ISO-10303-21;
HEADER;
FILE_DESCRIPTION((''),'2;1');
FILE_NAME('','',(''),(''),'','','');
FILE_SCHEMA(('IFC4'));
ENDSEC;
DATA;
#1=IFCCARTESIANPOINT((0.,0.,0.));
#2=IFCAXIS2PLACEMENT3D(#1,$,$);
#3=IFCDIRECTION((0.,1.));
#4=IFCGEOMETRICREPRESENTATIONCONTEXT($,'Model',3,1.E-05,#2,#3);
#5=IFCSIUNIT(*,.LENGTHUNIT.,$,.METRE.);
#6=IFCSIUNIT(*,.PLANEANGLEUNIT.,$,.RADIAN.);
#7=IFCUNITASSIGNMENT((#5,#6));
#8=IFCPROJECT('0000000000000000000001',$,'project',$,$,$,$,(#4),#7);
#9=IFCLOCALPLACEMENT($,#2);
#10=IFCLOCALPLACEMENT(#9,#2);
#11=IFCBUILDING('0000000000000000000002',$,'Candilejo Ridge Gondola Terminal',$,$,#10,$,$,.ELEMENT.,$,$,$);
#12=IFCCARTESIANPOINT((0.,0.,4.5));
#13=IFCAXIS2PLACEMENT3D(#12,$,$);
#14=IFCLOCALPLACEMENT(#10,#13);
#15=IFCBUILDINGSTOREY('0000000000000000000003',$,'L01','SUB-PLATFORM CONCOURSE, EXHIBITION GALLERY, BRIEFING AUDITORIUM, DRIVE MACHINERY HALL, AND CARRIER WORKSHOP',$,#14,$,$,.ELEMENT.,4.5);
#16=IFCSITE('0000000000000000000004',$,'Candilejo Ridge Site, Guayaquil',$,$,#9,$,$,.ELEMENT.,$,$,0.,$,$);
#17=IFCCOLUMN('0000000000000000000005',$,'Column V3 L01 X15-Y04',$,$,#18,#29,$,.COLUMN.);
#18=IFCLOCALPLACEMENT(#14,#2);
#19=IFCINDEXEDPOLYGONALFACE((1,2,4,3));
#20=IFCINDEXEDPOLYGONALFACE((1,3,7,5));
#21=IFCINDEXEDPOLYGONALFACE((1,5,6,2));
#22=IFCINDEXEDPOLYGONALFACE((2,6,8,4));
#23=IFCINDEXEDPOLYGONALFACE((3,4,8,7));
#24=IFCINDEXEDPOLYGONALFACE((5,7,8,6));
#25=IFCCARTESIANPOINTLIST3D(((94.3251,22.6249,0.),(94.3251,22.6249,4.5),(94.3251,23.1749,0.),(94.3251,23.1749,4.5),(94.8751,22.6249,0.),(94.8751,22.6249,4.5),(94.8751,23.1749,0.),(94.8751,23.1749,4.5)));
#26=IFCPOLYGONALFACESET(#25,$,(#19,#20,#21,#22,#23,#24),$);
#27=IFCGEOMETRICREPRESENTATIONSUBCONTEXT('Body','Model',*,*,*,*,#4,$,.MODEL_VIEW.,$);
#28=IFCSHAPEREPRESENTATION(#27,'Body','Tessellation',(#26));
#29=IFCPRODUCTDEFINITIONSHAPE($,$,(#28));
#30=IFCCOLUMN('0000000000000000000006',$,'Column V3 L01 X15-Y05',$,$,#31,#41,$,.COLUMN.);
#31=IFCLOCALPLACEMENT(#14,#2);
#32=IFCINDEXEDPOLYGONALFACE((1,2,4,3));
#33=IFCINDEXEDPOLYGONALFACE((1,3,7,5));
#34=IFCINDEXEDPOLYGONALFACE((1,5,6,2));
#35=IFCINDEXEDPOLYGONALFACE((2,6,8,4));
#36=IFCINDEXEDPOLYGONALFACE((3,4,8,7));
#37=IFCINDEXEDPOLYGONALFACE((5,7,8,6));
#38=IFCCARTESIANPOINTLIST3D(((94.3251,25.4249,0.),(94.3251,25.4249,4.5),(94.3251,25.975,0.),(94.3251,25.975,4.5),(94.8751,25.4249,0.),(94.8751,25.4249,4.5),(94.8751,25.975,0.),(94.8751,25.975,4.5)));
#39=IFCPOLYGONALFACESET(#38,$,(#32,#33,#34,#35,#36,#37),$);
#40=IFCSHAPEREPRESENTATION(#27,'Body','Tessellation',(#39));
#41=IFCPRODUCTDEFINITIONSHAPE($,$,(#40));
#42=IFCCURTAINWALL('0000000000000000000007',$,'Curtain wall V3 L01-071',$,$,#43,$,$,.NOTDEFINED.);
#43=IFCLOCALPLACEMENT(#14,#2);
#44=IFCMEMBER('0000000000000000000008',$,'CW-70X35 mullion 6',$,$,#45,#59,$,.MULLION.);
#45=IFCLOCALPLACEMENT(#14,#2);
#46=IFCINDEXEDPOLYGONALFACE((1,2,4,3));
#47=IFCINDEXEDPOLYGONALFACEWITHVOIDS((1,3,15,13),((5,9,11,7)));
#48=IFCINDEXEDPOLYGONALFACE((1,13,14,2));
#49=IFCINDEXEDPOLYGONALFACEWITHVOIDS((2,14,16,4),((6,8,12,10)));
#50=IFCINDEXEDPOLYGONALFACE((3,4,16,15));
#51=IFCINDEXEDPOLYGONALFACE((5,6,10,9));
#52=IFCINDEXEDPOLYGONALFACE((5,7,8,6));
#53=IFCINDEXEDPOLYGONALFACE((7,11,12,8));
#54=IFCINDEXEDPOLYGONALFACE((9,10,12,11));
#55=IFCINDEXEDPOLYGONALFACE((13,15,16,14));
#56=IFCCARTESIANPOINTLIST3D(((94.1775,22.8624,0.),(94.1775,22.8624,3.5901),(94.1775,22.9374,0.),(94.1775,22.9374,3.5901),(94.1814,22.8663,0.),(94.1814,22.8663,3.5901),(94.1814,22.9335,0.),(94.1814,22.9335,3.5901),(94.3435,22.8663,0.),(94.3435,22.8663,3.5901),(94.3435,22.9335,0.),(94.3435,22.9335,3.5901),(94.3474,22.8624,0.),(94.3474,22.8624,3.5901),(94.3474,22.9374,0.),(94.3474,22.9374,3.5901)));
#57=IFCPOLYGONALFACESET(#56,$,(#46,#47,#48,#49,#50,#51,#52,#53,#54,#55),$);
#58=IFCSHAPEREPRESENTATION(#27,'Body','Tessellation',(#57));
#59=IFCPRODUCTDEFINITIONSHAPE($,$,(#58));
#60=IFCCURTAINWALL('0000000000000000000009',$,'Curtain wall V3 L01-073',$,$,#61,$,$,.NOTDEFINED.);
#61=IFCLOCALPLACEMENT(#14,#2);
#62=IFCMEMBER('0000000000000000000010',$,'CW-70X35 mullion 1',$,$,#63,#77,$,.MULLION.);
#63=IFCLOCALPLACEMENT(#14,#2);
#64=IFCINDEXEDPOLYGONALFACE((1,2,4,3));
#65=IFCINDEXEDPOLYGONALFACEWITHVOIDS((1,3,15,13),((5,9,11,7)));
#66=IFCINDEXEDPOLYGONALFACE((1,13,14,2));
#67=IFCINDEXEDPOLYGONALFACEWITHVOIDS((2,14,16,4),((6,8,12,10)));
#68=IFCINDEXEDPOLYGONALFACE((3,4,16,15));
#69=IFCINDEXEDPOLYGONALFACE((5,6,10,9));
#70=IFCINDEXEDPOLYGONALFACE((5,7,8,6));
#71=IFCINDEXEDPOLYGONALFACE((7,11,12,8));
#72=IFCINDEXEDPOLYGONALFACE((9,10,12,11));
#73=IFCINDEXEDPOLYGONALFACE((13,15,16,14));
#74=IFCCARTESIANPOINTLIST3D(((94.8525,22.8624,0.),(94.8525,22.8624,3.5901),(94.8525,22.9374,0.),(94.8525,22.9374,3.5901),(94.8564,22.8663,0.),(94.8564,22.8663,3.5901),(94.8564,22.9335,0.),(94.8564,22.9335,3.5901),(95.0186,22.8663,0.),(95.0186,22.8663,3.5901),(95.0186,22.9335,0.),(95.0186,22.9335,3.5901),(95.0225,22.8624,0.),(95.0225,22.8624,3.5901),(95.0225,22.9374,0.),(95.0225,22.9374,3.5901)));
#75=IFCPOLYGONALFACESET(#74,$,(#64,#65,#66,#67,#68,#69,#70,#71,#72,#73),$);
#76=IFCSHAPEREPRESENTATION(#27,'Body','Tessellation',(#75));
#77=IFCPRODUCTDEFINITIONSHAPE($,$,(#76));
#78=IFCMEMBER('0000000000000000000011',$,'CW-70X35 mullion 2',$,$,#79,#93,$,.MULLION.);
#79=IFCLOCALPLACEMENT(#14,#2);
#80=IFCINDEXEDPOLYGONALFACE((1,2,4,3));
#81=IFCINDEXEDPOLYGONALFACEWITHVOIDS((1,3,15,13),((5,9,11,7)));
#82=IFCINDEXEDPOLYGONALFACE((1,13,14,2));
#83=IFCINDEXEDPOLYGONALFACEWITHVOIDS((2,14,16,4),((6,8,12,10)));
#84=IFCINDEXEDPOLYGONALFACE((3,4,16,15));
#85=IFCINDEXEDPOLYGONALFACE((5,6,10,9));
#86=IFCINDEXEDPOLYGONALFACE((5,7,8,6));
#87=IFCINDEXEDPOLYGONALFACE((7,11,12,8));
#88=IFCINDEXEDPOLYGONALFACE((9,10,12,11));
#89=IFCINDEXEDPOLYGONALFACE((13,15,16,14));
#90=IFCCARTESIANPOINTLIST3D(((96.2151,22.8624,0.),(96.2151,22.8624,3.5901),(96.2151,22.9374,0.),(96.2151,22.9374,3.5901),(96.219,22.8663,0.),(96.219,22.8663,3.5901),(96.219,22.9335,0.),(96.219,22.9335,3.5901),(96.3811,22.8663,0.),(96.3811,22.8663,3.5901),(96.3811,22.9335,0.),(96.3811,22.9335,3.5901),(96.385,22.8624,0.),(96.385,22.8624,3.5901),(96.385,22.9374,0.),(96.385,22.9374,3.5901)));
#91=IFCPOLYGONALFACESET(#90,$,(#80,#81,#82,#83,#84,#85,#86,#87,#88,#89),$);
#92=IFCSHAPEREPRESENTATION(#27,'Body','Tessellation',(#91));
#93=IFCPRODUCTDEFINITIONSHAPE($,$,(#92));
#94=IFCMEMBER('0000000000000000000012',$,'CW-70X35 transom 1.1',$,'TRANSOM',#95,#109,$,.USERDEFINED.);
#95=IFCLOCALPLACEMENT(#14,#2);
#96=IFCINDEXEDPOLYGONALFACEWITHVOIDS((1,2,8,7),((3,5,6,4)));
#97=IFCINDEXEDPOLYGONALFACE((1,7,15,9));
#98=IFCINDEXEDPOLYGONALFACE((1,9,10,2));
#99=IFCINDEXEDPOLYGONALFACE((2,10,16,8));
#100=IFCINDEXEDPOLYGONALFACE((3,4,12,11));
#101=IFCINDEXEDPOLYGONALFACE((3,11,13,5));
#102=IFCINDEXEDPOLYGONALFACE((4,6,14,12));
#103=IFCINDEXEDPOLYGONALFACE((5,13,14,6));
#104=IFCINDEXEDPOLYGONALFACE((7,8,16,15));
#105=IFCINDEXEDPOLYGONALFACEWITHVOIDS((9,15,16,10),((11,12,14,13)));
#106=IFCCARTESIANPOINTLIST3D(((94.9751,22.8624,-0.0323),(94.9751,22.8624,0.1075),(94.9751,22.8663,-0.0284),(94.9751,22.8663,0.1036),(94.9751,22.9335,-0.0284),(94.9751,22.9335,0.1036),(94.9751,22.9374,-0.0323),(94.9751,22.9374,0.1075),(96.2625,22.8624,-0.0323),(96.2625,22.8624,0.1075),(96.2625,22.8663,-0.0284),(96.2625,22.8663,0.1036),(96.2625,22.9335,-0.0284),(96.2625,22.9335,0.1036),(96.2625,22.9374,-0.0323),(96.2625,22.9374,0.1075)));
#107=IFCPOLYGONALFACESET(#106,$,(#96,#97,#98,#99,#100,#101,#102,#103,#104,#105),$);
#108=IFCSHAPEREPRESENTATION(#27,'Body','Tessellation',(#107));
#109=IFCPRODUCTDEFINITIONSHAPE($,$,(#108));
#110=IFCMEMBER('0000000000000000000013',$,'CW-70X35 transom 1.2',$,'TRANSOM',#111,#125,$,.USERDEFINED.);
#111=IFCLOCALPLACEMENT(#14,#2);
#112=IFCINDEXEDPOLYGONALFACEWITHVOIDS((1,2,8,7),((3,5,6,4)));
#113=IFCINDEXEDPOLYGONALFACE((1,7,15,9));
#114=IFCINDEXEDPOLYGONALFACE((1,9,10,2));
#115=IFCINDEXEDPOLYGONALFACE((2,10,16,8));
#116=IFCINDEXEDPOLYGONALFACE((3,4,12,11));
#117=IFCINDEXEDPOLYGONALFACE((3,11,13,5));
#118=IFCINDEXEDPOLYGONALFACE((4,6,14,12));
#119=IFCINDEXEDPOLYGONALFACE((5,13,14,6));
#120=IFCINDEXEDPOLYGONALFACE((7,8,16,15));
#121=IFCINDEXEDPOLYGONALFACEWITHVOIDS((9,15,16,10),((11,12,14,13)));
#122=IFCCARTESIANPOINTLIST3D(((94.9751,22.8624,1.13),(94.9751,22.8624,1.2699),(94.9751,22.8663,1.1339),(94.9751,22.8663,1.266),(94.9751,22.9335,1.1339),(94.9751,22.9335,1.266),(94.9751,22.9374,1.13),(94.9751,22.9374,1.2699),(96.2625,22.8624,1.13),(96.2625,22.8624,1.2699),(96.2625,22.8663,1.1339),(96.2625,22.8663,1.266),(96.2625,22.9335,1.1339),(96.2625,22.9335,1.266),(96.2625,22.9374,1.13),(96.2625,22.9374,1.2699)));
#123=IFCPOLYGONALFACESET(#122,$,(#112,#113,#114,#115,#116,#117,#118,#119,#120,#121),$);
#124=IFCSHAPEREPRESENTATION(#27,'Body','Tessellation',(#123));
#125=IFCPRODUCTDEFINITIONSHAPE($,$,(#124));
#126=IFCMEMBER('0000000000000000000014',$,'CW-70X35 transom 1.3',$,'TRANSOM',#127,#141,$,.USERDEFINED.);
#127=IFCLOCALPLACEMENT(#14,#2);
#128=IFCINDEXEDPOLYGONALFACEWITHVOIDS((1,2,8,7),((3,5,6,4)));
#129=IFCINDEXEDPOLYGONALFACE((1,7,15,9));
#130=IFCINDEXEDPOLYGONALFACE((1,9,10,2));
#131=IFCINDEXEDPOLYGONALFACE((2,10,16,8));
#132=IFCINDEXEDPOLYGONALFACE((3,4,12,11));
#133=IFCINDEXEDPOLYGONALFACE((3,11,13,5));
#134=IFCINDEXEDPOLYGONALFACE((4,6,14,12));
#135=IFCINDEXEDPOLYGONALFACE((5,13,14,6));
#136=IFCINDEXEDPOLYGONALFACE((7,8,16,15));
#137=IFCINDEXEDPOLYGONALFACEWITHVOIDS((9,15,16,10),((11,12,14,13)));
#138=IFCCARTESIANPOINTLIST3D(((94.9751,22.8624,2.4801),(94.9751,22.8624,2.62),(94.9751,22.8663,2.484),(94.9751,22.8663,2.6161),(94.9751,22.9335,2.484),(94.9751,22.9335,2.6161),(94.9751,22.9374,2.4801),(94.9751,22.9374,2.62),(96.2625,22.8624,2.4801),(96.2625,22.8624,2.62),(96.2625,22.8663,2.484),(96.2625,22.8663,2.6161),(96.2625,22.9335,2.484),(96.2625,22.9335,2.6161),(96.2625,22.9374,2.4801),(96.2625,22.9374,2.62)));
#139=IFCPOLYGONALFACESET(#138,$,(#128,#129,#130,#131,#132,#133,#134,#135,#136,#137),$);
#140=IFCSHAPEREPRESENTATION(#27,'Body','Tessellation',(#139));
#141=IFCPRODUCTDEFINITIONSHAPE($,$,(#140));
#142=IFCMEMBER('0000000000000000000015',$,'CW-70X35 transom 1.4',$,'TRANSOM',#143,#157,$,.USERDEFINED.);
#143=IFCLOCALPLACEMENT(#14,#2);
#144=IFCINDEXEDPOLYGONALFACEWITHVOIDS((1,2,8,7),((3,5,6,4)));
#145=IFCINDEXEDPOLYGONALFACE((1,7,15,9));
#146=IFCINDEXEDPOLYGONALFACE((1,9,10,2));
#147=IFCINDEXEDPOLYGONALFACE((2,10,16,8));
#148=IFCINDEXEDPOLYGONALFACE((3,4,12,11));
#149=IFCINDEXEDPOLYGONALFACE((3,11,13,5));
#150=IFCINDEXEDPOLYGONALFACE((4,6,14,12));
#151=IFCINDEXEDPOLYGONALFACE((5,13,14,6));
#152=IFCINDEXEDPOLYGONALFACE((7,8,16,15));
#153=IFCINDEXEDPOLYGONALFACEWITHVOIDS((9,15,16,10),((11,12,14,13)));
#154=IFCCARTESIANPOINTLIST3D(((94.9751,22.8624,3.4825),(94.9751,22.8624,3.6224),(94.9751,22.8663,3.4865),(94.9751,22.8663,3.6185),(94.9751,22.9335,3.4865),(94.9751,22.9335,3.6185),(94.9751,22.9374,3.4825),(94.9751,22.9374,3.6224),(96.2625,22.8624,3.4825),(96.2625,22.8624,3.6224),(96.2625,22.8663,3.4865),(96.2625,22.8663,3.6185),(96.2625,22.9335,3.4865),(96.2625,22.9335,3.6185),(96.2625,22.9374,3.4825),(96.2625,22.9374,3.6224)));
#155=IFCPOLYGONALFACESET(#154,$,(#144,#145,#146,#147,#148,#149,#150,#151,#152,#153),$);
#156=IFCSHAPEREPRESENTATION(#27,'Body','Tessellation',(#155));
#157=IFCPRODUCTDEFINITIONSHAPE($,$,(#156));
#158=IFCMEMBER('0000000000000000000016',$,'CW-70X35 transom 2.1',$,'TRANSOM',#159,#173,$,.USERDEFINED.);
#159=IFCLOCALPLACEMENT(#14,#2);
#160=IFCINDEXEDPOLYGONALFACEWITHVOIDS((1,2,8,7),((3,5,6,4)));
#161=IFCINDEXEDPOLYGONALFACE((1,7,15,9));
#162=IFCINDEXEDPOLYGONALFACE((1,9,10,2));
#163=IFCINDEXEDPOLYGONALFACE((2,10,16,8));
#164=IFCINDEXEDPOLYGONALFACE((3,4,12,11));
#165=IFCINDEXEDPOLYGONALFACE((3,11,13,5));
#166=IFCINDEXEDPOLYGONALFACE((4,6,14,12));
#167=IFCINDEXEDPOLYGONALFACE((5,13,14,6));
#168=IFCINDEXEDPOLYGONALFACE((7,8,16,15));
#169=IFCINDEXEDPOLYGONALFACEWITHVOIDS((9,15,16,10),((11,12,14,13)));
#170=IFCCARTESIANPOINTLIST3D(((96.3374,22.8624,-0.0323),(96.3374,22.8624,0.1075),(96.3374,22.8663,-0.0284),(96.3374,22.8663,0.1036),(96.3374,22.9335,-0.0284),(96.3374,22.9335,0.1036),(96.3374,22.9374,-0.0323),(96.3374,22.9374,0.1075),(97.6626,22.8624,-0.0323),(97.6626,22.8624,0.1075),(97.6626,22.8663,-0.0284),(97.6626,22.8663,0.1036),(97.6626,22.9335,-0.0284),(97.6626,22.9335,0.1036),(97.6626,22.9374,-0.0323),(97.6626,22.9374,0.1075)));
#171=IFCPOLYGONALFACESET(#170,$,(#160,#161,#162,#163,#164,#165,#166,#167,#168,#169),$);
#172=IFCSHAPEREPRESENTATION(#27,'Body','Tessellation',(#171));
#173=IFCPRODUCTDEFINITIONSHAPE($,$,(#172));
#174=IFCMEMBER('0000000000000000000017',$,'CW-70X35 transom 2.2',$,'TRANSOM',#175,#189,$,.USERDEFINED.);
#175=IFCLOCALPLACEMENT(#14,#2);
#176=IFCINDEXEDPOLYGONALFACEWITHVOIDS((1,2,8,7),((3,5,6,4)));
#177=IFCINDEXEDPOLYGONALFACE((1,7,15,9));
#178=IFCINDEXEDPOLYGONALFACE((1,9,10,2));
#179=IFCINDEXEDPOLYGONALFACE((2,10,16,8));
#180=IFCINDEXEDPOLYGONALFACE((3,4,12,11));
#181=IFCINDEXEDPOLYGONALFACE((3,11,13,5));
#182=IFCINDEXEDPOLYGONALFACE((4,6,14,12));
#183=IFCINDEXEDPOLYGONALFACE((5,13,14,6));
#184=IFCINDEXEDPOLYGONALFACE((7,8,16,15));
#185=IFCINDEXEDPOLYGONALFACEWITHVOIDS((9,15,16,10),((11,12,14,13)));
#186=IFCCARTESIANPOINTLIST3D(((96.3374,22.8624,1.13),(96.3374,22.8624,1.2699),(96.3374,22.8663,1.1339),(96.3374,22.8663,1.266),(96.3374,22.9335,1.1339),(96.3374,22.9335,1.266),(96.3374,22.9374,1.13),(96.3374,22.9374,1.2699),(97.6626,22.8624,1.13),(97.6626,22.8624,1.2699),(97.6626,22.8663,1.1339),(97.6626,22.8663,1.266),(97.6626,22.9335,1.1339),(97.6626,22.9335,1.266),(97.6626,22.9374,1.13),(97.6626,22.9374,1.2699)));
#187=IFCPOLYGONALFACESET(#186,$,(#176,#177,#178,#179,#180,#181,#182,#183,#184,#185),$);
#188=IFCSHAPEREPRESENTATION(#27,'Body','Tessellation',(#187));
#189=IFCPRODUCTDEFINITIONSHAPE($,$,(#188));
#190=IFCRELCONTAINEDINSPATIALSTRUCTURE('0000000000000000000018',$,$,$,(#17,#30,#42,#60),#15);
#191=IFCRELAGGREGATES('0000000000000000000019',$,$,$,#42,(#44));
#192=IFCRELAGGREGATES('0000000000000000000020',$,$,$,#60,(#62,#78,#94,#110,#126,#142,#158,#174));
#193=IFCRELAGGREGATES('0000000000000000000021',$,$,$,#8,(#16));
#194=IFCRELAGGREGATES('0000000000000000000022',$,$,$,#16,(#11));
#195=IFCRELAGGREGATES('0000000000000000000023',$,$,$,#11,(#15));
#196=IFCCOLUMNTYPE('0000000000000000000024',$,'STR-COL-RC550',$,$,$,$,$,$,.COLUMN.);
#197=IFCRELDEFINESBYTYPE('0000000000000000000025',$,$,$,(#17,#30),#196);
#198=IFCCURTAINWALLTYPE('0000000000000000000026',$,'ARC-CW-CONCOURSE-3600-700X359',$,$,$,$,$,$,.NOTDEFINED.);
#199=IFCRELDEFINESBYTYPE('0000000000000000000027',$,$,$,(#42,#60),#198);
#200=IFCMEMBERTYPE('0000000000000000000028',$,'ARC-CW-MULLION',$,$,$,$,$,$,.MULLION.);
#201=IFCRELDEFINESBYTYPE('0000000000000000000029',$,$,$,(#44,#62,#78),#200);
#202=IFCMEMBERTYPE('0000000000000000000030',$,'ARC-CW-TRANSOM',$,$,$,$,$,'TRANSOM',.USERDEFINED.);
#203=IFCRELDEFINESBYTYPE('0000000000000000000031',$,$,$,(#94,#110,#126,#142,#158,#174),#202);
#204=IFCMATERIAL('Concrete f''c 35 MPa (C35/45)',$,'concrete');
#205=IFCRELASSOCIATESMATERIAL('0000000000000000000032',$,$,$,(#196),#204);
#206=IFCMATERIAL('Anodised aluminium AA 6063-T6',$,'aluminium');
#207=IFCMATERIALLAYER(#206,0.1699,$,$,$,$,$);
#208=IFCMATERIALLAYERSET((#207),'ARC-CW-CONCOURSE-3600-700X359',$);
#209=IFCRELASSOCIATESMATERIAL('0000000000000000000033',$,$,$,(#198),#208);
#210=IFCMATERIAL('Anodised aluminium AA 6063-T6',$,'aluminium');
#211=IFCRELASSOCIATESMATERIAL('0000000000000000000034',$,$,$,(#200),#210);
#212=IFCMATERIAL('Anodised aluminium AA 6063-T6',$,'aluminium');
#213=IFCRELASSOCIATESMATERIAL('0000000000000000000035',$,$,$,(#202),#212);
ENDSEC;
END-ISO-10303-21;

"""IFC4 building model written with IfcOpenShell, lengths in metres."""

from ifc_helpers import new_model, si_unit, direction, frame, origin, origin_2d, place, context, subcontext, project, spatial, rectangle, hollow_rectangle, extrude, material, layer, layer_set, material_profile, profile_set, type_object, element, aggregate, save


model = new_model("IFC4")

# Units and contexts
model_context = context("Model", 3, precision=1e-05, world=origin(), true_north=direction((0.0, 1.0)))
body_context = subcontext(model_context, "Body", "Model", "MODEL_VIEW")
ifc_project = project(units=[si_unit("LENGTHUNIT", "METRE"), si_unit("PLANEANGLEUNIT", "RADIAN")], contexts=[model_context])

# Site, building, storey
site_placement = place(None, origin())
site = spatial("IfcSite", under=ifc_project, at=site_placement, Name="Candilejo Ridge Site, Guayaquil", CompositionType="ELEMENT", RefElevation=0.0)
building_placement = place(site_placement, origin())
building = spatial("IfcBuilding", under=site, at=building_placement, Name="Candilejo Ridge Gondola Terminal", CompositionType="ELEMENT")
storey_placement = place(building_placement, frame((0.0, 0.0, 4.5)))
storey = spatial("IfcBuildingStorey", under=building, at=storey_placement, Name="L01", Description="SUB-PLATFORM CONCOURSE, EXHIBITION GALLERY, BRIEFING AUDITORIUM, DRIVE MACHINERY HALL, AND CARRIER WORKSHOP", CompositionType="ELEMENT", Elevation=4.5)

# Columns
ifc_material_1 = material(Name="Concrete f'c 35 MPa (C35/45)", Category="concrete")
ifc_material_profile_1 = material_profile(ifc_material_1, rectangle(XDim=0.55, YDim=0.55, at=origin_2d()))
ifc_profile_set_1 = profile_set([ifc_material_profile_1], Name="Concrete f'c 35 MPa (C35/45)")
column_type = type_object("IfcColumnType", Name="STR-COL-RC550", PredefinedType="COLUMN", material=ifc_profile_set_1)
for number, where, z_axis, x_axis, name in (
    (1, (94.6001, 22.8999, 0.0), (0.0, 0.0, 1.0), (1.0, 0.0, 0.0), "Column V3 L01 X15-Y04"),
    (2, (94.6001, 25.7, 0.0), (0.0, 0.0, 1.0), (1.0, 0.0, 0.0), "Column V3 L01 X15-Y05"),
):
    element("IfcColumn", number, at=place(storey_placement, frame(where, z_axis=z_axis, x_axis=x_axis)), inside=storey, type_object=column_type, Name=name, PredefinedType="COLUMN", context=body_context, shape_type="SweptSolid", body=[
        extrude(rectangle(XDim=0.55, YDim=0.55, at=origin_2d()), origin(), (0.0, 0.0, 1.0), 4.5),
    ])

# Curtain wall, member
ifc_material_2 = material(Name="Anodised aluminium AA 6063-T6", Category="aluminium")
ifc_layer_1 = layer(ifc_material_2, 0.1699)
ifc_layer_set_1 = layer_set([ifc_layer_1], Name="ARC-CW-CONCOURSE-3600-700X359")
curtain_wall_type = type_object("IfcCurtainWallType", Name="ARC-CW-CONCOURSE-3600-700X359", PredefinedType="NOTDEFINED", material=ifc_layer_set_1)
curtain_wall_1_placement = place(storey_placement, origin())
curtain_wall_1 = element("IfcCurtainWall", 3, at=curtain_wall_1_placement, inside=storey, type_object=curtain_wall_type, Name="Curtain wall V3 L01-071", PredefinedType="NOTDEFINED")
ifc_material_3 = material(Name="Anodised aluminium AA 6063-T6", Category="aluminium")
ifc_material_profile_2 = material_profile(ifc_material_3, hollow_rectangle(XDim=0.075, YDim=0.1699, WallThickness=0.0039, at=origin_2d()))
ifc_profile_set_2 = profile_set([ifc_material_profile_2], Name="Anodised aluminium AA 6063-T6")
member_type_1 = type_object("IfcMemberType", Name="ARC-CW-MULLION", PredefinedType="MULLION", material=ifc_profile_set_2)
member_1_placement = place(storey_placement, frame((94.2625, 22.8999, 0.0), z_axis=(0.0, 0.0, 1.0), x_axis=(0.0, 1.0, 0.0)))
member_1 = element("IfcMember", 4, at=member_1_placement, type_object=member_type_1, Name="CW-70X35 mullion 6", PredefinedType="MULLION", context=body_context, shape_type="SweptSolid", body=[
    extrude(hollow_rectangle(XDim=0.075, YDim=0.1699, WallThickness=0.0039, at=origin_2d()), origin(), (0.0, 0.0, 1.0), 3.5901),
])

# Curtain wall, members
curtain_wall_2_placement = place(storey_placement, origin())
curtain_wall_2 = element("IfcCurtainWall", 5, at=curtain_wall_2_placement, inside=storey, type_object=curtain_wall_type, Name="Curtain wall V3 L01-073", PredefinedType="NOTDEFINED")
member_2_placement = place(storey_placement, frame((94.9375, 22.8999, 0.0), z_axis=(0.0, 0.0, 1.0), x_axis=(0.0, 1.0, 0.0)))
member_2 = element("IfcMember", 6, at=member_2_placement, type_object=member_type_1, Name="CW-70X35 mullion 1", PredefinedType="MULLION", context=body_context, shape_type="SweptSolid", body=[
    extrude(hollow_rectangle(XDim=0.075, YDim=0.1699, WallThickness=0.0039, at=origin_2d()), origin(), (0.0, 0.0, 1.0), 3.5901),
])
member_3_placement = place(storey_placement, frame((96.3, 22.8999, 0.0), z_axis=(0.0, 0.0, 1.0), x_axis=(0.0, 1.0, 0.0)))
member_3 = element("IfcMember", 7, at=member_3_placement, type_object=member_type_1, Name="CW-70X35 mullion 2", PredefinedType="MULLION", context=body_context, shape_type="SweptSolid", body=[
    extrude(hollow_rectangle(XDim=0.075, YDim=0.1699, WallThickness=0.0039, at=origin_2d()), origin(), (0.0, 0.0, 1.0), 3.5901),
])
ifc_material_4 = material(Name="Anodised aluminium AA 6063-T6", Category="aluminium")
ifc_material_profile_3 = material_profile(ifc_material_4, hollow_rectangle(XDim=0.075, YDim=0.1399, WallThickness=0.0039, at=origin_2d()))
ifc_profile_set_3 = profile_set([ifc_material_profile_3], Name="Anodised aluminium AA 6063-T6")
member_type_2 = type_object("IfcMemberType", Name="ARC-CW-TRANSOM", ElementType="TRANSOM", PredefinedType="USERDEFINED", material=ifc_profile_set_3)
member_4_placement = place(storey_placement, frame((94.9751, 22.8999, 0.0376), z_axis=(1.0, 0.0, 0.0), x_axis=(0.0, 1.0, 0.0)))
member_4 = element("IfcMember", 8, at=member_4_placement, type_object=member_type_2, Name="CW-70X35 transom 1.1", ObjectType="TRANSOM", PredefinedType="USERDEFINED", context=body_context, shape_type="SweptSolid", body=[
    extrude(hollow_rectangle(XDim=0.075, YDim=0.1399, WallThickness=0.0039, at=origin_2d()), origin(), (0.0, 0.0, 1.0), 1.2874),
])
member_5_placement = place(storey_placement, frame((94.9751, 22.8999, 1.2), z_axis=(1.0, 0.0, 0.0), x_axis=(0.0, 1.0, 0.0)))
member_5 = element("IfcMember", 9, at=member_5_placement, type_object=member_type_2, Name="CW-70X35 transom 1.2", ObjectType="TRANSOM", PredefinedType="USERDEFINED", context=body_context, shape_type="SweptSolid", body=[
    extrude(hollow_rectangle(XDim=0.075, YDim=0.1399, WallThickness=0.0039, at=origin_2d()), origin(), (0.0, 0.0, 1.0), 1.2874),
])
member_6_placement = place(storey_placement, frame((94.9751, 22.8999, 2.55), z_axis=(1.0, 0.0, 0.0), x_axis=(0.0, 1.0, 0.0)))
member_6 = element("IfcMember", 10, at=member_6_placement, type_object=member_type_2, Name="CW-70X35 transom 1.3", ObjectType="TRANSOM", PredefinedType="USERDEFINED", context=body_context, shape_type="SweptSolid", body=[
    extrude(hollow_rectangle(XDim=0.075, YDim=0.1399, WallThickness=0.0039, at=origin_2d()), origin(), (0.0, 0.0, 1.0), 1.2874),
])
member_7_placement = place(storey_placement, frame((94.9751, 22.8999, 3.5525), z_axis=(1.0, 0.0, 0.0), x_axis=(0.0, 1.0, 0.0)))
member_7 = element("IfcMember", 11, at=member_7_placement, type_object=member_type_2, Name="CW-70X35 transom 1.4", ObjectType="TRANSOM", PredefinedType="USERDEFINED", context=body_context, shape_type="SweptSolid", body=[
    extrude(hollow_rectangle(XDim=0.075, YDim=0.1399, WallThickness=0.0039, at=origin_2d()), origin(), (0.0, 0.0, 1.0), 1.2874),
])
member_8_placement = place(storey_placement, frame((96.3374, 22.8999, 0.0376), z_axis=(1.0, 0.0, 0.0), x_axis=(0.0, 1.0, 0.0)))
member_8 = element("IfcMember", 12, at=member_8_placement, type_object=member_type_2, Name="CW-70X35 transom 2.1", ObjectType="TRANSOM", PredefinedType="USERDEFINED", context=body_context, shape_type="SweptSolid", body=[
    extrude(hollow_rectangle(XDim=0.075, YDim=0.1399, WallThickness=0.0039, at=origin_2d()), origin(), (0.0, 0.0, 1.0), 1.3252),
])
member_9_placement = place(storey_placement, frame((96.3374, 22.8999, 1.2), z_axis=(1.0, 0.0, 0.0), x_axis=(0.0, 1.0, 0.0)))
member_9 = element("IfcMember", 13, at=member_9_placement, type_object=member_type_2, Name="CW-70X35 transom 2.2", ObjectType="TRANSOM", PredefinedType="USERDEFINED", context=body_context, shape_type="SweptSolid", body=[
    extrude(hollow_rectangle(XDim=0.075, YDim=0.1399, WallThickness=0.0039, at=origin_2d()), origin(), (0.0, 0.0, 1.0), 1.3252),
])

aggregate(curtain_wall_1, [member_1])
aggregate(curtain_wall_2, [member_2, member_3, member_4, member_5, member_6, member_7, member_8, member_9])

save(model, "model.ifc")
